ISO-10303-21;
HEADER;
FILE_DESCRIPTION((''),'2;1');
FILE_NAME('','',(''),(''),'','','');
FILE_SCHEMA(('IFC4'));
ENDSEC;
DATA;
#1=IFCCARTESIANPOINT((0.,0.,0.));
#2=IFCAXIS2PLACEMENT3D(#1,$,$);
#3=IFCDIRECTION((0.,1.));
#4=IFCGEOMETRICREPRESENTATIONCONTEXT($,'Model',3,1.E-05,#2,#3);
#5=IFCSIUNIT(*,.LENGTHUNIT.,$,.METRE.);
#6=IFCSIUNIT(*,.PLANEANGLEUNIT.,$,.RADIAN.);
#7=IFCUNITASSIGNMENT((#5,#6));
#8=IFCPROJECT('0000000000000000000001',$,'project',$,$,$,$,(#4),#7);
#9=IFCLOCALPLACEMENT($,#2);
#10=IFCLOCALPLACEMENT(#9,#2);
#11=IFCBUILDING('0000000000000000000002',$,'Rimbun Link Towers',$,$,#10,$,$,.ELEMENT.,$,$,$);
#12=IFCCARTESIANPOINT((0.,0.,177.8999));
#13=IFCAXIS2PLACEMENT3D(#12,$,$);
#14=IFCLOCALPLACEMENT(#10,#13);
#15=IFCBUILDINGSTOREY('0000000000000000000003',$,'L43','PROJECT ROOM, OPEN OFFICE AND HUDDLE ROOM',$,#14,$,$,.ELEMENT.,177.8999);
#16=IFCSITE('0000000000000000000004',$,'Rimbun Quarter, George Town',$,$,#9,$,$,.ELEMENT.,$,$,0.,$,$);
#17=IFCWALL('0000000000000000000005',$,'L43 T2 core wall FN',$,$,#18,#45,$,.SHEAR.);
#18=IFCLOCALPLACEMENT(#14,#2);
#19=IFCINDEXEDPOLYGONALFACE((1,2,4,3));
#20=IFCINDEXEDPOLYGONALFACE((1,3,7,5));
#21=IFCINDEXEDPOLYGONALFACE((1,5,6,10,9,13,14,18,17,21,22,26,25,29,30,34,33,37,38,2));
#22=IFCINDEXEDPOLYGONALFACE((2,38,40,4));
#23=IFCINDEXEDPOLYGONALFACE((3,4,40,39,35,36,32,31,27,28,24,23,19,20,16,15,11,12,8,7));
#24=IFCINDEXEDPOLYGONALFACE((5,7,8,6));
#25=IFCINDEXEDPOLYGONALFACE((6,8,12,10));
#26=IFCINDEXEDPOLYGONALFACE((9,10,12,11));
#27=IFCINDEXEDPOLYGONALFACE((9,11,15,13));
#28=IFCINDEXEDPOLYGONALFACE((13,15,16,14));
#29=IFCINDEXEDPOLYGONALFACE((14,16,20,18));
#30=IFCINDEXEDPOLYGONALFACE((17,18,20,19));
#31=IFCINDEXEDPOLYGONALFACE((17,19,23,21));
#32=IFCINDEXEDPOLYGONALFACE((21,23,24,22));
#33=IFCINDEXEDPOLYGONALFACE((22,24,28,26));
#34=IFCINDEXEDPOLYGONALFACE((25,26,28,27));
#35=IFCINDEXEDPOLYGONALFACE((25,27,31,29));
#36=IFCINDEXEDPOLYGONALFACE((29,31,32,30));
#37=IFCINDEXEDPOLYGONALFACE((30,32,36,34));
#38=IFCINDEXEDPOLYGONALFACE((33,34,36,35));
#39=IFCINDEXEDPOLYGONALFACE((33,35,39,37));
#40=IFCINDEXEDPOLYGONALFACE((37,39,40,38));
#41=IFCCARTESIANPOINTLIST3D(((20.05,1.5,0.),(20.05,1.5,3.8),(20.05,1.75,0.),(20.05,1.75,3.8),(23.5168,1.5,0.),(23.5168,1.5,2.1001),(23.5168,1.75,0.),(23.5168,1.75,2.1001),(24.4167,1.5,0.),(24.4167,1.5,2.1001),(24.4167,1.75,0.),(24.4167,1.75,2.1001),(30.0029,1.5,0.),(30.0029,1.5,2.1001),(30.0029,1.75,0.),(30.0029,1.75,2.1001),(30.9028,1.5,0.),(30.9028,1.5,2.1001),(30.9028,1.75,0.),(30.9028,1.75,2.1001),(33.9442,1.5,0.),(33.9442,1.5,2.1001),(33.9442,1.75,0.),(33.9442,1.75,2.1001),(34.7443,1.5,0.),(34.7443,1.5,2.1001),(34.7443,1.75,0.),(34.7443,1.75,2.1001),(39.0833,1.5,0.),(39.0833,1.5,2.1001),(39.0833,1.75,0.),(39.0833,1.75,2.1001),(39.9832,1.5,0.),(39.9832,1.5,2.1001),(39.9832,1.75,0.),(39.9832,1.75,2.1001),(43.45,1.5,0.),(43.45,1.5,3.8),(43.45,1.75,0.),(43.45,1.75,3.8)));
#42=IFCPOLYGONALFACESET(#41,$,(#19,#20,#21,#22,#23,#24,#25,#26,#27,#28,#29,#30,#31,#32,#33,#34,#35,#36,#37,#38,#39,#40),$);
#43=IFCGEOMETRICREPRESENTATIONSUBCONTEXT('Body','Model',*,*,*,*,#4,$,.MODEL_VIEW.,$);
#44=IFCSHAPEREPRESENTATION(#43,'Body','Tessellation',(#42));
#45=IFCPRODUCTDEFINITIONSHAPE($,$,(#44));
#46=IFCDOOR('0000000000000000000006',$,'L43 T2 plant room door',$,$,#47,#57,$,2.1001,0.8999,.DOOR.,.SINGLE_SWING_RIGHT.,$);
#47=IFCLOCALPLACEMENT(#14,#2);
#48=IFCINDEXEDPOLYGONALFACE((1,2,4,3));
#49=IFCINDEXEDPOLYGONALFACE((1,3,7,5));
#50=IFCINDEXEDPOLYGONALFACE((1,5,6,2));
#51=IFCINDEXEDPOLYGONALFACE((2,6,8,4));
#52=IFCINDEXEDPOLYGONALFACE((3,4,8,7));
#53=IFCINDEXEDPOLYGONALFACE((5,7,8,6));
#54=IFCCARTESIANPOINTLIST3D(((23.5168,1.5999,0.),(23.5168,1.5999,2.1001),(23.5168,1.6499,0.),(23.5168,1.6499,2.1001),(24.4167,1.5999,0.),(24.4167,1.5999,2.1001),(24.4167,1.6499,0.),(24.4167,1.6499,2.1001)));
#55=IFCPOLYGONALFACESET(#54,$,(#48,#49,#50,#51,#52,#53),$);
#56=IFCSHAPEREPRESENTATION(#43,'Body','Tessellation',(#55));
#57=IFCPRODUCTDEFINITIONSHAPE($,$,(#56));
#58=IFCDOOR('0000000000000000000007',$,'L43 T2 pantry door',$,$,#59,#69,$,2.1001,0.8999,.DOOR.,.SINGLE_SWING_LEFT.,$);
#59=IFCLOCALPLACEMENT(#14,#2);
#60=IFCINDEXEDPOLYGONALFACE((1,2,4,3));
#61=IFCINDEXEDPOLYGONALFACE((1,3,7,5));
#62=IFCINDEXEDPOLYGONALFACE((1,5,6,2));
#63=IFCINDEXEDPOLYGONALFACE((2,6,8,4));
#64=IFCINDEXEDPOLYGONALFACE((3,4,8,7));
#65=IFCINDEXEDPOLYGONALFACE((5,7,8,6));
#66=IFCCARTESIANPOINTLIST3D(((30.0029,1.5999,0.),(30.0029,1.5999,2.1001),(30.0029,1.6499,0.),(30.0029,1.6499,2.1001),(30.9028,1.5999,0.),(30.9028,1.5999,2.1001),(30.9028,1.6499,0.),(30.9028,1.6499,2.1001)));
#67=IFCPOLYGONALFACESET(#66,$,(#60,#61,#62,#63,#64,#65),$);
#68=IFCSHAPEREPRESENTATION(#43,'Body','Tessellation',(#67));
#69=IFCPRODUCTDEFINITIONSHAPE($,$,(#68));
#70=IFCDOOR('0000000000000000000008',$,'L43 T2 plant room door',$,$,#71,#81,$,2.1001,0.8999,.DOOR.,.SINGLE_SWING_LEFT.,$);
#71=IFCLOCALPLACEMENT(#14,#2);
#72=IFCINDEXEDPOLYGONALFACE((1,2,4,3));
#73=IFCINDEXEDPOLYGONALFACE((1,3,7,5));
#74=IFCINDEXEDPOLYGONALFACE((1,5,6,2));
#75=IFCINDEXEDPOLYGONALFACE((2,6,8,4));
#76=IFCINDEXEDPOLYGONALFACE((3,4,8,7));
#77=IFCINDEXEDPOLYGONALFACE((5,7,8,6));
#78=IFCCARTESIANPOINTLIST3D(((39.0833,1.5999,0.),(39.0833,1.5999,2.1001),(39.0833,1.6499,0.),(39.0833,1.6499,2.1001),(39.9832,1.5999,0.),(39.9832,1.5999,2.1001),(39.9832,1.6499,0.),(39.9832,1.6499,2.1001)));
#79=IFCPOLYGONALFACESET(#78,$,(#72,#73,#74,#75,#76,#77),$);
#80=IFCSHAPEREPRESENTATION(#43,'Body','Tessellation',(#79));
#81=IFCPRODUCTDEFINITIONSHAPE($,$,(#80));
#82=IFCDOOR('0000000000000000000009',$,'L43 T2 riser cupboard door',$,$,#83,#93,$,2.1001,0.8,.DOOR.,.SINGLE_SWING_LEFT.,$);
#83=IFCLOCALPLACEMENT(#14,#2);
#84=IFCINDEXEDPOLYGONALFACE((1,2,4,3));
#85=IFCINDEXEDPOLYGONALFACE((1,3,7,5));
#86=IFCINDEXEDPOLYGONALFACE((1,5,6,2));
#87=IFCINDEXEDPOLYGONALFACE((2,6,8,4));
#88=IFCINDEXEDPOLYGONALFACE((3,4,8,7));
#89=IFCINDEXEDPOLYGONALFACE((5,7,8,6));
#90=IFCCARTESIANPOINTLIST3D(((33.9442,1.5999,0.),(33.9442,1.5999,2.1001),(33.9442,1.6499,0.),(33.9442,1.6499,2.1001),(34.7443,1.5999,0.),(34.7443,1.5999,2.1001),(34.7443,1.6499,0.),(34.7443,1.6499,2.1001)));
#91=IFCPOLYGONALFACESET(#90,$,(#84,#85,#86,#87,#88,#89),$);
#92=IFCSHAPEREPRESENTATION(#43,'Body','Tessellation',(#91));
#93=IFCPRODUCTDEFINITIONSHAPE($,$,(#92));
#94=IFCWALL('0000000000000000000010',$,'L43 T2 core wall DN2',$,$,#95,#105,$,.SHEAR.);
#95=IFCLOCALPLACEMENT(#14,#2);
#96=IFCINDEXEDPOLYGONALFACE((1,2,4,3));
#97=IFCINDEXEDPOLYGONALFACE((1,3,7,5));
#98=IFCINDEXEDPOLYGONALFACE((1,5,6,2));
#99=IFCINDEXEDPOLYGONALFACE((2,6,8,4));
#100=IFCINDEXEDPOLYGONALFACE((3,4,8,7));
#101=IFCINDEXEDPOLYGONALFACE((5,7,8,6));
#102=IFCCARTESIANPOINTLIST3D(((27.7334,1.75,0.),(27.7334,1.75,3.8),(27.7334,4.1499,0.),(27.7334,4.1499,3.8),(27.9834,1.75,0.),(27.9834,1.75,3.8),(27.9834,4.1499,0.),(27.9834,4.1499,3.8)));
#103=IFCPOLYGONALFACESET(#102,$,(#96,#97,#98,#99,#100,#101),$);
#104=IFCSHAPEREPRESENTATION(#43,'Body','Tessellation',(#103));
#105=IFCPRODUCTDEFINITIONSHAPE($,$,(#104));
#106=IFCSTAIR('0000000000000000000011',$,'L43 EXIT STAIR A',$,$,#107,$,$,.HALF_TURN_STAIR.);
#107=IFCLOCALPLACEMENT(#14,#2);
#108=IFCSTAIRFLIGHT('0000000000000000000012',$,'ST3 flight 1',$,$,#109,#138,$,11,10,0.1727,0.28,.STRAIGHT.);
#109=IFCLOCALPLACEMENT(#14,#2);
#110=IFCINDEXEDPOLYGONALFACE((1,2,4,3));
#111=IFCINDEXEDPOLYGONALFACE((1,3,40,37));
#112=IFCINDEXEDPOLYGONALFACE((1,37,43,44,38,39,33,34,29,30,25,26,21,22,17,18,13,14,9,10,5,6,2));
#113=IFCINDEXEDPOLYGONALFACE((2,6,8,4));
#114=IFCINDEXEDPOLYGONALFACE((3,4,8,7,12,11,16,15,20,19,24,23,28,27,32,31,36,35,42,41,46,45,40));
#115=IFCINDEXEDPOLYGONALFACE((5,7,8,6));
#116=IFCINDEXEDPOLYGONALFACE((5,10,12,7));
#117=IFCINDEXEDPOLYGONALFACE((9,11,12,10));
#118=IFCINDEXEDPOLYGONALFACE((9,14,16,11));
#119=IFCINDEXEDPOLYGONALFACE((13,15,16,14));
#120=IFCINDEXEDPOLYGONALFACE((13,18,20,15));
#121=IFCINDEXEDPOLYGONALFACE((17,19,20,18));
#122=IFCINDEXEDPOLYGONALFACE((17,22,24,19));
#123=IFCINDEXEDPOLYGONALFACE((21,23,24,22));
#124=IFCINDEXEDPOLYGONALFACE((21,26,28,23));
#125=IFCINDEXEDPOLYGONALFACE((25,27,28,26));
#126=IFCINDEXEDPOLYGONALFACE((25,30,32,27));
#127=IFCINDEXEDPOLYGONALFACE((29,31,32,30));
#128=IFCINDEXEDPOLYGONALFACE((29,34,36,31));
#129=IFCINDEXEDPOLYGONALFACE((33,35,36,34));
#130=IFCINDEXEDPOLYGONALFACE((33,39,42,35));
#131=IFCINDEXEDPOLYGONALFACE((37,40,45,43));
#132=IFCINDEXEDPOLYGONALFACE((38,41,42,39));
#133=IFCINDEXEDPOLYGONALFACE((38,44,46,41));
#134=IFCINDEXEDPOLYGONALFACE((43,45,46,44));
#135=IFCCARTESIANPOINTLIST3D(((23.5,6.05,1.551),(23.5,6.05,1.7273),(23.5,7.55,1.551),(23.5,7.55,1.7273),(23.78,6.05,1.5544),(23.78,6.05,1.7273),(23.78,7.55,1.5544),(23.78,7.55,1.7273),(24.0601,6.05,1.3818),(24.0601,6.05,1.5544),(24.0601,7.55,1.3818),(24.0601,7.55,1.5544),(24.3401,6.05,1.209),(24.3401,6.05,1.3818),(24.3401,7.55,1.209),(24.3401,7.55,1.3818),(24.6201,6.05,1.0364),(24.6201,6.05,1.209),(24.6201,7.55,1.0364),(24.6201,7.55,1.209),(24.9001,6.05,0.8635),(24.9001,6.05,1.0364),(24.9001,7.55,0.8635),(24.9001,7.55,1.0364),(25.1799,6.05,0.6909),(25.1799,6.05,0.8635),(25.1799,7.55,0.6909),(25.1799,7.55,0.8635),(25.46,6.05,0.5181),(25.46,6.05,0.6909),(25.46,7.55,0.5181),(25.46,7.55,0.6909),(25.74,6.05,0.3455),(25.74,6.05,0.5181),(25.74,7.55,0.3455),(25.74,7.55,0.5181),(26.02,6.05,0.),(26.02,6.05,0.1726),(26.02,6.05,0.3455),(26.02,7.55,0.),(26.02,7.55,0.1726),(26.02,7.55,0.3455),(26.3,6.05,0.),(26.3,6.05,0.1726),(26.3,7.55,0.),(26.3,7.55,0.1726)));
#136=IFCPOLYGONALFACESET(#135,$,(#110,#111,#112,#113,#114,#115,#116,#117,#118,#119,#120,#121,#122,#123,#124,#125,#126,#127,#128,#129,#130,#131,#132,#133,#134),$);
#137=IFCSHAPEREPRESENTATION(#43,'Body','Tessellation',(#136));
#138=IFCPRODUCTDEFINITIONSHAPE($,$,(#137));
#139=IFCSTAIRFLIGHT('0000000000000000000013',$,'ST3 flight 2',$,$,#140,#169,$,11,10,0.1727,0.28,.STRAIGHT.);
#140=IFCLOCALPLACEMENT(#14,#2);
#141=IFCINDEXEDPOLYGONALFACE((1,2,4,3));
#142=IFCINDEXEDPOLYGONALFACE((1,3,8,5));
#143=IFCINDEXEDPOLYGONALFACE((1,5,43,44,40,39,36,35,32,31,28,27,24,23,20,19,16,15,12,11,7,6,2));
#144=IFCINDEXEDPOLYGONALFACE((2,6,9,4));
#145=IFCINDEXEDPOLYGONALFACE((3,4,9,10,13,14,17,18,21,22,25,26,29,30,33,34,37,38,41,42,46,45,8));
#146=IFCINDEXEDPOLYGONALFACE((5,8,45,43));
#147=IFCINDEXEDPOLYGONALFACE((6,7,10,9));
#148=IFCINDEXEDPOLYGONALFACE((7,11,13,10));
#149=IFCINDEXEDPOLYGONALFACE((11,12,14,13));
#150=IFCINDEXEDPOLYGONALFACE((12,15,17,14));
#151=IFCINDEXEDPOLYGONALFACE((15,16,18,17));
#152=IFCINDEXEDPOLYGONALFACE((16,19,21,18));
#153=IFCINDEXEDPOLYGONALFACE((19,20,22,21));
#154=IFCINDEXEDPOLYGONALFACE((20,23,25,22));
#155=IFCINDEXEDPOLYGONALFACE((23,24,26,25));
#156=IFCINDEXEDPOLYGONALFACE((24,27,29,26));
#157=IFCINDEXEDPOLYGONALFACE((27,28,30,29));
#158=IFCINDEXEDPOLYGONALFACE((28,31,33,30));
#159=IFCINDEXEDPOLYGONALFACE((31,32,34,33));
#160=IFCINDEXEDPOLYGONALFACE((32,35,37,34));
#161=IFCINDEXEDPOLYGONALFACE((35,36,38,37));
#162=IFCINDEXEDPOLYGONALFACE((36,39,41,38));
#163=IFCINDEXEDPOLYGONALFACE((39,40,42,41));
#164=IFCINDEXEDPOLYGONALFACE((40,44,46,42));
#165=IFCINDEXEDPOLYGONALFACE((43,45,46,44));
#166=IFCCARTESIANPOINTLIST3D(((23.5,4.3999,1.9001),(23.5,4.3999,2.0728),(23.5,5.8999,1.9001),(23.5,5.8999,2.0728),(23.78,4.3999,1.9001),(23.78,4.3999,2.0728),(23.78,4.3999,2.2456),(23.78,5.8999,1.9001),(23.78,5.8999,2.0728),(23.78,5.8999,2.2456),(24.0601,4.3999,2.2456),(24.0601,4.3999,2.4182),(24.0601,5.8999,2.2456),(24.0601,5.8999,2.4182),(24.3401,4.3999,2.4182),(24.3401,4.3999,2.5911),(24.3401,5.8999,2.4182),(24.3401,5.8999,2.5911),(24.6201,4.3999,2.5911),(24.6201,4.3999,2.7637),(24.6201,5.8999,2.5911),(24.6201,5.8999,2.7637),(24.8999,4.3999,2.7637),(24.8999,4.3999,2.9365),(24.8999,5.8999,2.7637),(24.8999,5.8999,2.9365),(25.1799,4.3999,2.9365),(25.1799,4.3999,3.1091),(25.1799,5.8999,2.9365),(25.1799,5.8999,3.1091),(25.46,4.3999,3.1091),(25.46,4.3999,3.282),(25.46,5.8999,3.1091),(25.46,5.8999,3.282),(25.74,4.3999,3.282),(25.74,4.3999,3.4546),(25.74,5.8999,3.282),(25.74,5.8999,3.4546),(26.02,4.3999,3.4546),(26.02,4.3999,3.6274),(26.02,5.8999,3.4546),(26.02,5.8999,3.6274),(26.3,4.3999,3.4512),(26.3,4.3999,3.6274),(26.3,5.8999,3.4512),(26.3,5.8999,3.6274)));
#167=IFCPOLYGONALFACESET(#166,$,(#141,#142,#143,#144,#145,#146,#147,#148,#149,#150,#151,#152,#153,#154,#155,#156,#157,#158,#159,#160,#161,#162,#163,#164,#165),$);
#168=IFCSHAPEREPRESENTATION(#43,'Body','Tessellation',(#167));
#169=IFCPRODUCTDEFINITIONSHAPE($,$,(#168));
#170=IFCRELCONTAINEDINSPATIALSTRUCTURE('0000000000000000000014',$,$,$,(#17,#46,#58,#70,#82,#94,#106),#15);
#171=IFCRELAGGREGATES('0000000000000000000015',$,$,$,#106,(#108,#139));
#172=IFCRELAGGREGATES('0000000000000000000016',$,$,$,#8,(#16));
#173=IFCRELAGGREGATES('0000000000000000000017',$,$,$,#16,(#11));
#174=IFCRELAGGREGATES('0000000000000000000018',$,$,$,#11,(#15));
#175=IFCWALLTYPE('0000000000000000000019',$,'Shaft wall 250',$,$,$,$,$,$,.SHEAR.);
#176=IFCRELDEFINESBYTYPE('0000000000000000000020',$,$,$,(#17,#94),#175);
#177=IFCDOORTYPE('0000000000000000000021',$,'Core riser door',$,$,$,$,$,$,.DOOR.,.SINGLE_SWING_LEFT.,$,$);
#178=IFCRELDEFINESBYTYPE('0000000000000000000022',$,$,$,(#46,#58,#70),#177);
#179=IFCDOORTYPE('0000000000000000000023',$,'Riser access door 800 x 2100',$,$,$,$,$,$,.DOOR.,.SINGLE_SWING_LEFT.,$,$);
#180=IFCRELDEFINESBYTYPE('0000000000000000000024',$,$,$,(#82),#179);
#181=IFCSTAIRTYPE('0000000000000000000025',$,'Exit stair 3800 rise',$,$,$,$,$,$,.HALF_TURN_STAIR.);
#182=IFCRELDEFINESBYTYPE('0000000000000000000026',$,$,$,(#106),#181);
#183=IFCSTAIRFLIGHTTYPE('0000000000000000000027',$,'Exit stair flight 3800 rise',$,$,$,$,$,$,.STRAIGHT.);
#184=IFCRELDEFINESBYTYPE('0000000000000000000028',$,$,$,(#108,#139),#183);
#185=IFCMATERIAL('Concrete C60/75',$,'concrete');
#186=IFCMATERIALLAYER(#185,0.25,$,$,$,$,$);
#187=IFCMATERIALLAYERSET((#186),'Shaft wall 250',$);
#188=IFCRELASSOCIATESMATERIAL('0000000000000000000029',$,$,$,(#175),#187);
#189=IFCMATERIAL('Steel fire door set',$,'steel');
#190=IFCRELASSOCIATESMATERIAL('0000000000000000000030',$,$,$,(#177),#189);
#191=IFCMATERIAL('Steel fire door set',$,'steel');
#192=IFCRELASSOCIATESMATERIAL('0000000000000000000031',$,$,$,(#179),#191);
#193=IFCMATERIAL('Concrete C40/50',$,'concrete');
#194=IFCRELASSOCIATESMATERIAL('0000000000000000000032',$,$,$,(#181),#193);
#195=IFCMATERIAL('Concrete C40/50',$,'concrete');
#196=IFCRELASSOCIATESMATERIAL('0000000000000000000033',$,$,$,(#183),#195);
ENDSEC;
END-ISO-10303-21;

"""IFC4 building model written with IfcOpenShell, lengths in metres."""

from ifc_helpers import new_model, si_unit, direction, frame, frame_2d, origin, place, context, subcontext, project, spatial, polyline, rectangle, outline, extrude, material, layer, layer_set, type_object, element, fill, aggregate, save


model = new_model("IFC4")

# Units and contexts
model_context = context("Model", 3, precision=1e-05, world=origin(), true_north=direction((0.0, 1.0)))
body_context = subcontext(model_context, "Body", "Model", "MODEL_VIEW")
ifc_project = project(units=[si_unit("LENGTHUNIT", "METRE"), si_unit("PLANEANGLEUNIT", "RADIAN")], contexts=[model_context])

# Site, building, storey
site_placement = place(None, origin())
site = spatial("IfcSite", under=ifc_project, at=site_placement, Name="Rimbun Quarter, George Town", CompositionType="ELEMENT", RefElevation=0.0)
building_placement = place(site_placement, origin())
building = spatial("IfcBuilding", under=site, at=building_placement, Name="Rimbun Link Towers", CompositionType="ELEMENT")
storey_placement = place(building_placement, frame((0.0, 0.0, 177.8999)))
storey = spatial("IfcBuildingStorey", under=building, at=storey_placement, Name="L43", Description="PROJECT ROOM, OPEN OFFICE AND HUDDLE ROOM", CompositionType="ELEMENT", Elevation=177.8999)

# Shared definitions
ifc_material_1 = material(Name="Concrete C60/75", Category="concrete")
ifc_layer = layer(ifc_material_1, 0.25)
ifc_layer_set = layer_set([ifc_layer], Name="Shaft wall 250")
wall_type = type_object("IfcWallType", Name="Shaft wall 250", PredefinedType="SHEAR", material=ifc_layer_set)

# Wall, openings, doors
wall_1_placement = place(storey_placement, frame((20.05, 1.625, 0.0), z_axis=(0.0, 0.0, 1.0), x_axis=(1.0, 0.0, 0.0)))
wall_1 = element("IfcWall", 1, at=wall_1_placement, inside=storey, type_object=wall_type, Name="L43 T2 core wall FN", PredefinedType="SHEAR", context=body_context, shape_type="SweptSolid", body=[
    extrude(rectangle(XDim=23.3999, YDim=0.25, at=frame_2d((11.7, 0.0))), origin(), (0.0, 0.0, 1.0), 3.8),
])
opening_1_placement = place(wall_1_placement, frame((3.4668, 0.0, 0.0)))
opening_1 = element("IfcOpeningElement", 2, at=opening_1_placement, cuts=wall_1, PredefinedType="OPENING", context=body_context, shape_type="SweptSolid", body=[
    extrude(rectangle(XDim=0.8999, YDim=2.1001, at=frame_2d((0.45, 1.05))), frame((0.0, 0.135, 0.0), z_axis=(0.0, -1.0, 0.0), x_axis=(1.0, 0.0, 0.0)), (0.0, 0.0, 1.0), 0.27),
])
opening_2_placement = place(wall_1_placement, frame((9.9529, 0.0, 0.0)))
opening_2 = element("IfcOpeningElement", 3, at=opening_2_placement, cuts=wall_1, PredefinedType="OPENING", context=body_context, shape_type="SweptSolid", body=[
    extrude(rectangle(XDim=0.8999, YDim=2.1001, at=frame_2d((0.45, 1.05))), frame((0.0, 0.135, 0.0), z_axis=(0.0, -1.0, 0.0), x_axis=(1.0, 0.0, 0.0)), (0.0, 0.0, 1.0), 0.27),
])
opening_3_placement = place(wall_1_placement, frame((13.8943, 0.0, 0.0)))
opening_3 = element("IfcOpeningElement", 4, at=opening_3_placement, cuts=wall_1, PredefinedType="OPENING", context=body_context, shape_type="SweptSolid", body=[
    extrude(rectangle(XDim=0.8, YDim=2.1001, at=frame_2d((0.3999, 1.05))), frame((0.0, 0.135, 0.0), z_axis=(0.0, -1.0, 0.0), x_axis=(1.0, 0.0, 0.0)), (0.0, 0.0, 1.0), 0.27),
])
opening_4_placement = place(wall_1_placement, frame((19.0332, 0.0, 0.0)))
opening_4 = element("IfcOpeningElement", 5, at=opening_4_placement, cuts=wall_1, PredefinedType="OPENING", context=body_context, shape_type="SweptSolid", body=[
    extrude(rectangle(XDim=0.8999, YDim=2.1001, at=frame_2d((0.45, 1.05))), frame((0.0, 0.135, 0.0), z_axis=(0.0, -1.0, 0.0), x_axis=(1.0, 0.0, 0.0)), (0.0, 0.0, 1.0), 0.27),
])
ifc_material_2 = material(Name="Steel fire door set", Category="steel")
door_type_1 = type_object("IfcDoorType", Name="Core riser door", OperationType="SINGLE_SWING_LEFT", PredefinedType="DOOR", material=ifc_material_2)
door_1_placement = place(opening_1_placement, origin())
door_1 = element("IfcDoor", 6, at=door_1_placement, inside=storey, type_object=door_type_1, Name="L43 T2 plant room door", OperationType="SINGLE_SWING_RIGHT", OverallHeight=2.1001, OverallWidth=0.8999, PredefinedType="DOOR", context=body_context, shape_type="SweptSolid", body=[
    extrude(rectangle(XDim=0.8999, YDim=2.1001, at=frame_2d((0.45, 1.05))), frame((0.0, 0.0249, 0.0), z_axis=(0.0, -1.0, 0.0), x_axis=(1.0, 0.0, 0.0)), (0.0, 0.0, 1.0), 0.05),
])
fill(opening_1, door_1)
door_2_placement = place(opening_2_placement, origin())
door_2 = element("IfcDoor", 7, at=door_2_placement, inside=storey, type_object=door_type_1, Name="L43 T2 pantry door", OperationType="SINGLE_SWING_LEFT", OverallHeight=2.1001, OverallWidth=0.8999, PredefinedType="DOOR", context=body_context, shape_type="SweptSolid", body=[
    extrude(rectangle(XDim=0.8999, YDim=2.1001, at=frame_2d((0.45, 1.05))), frame((0.0, 0.0249, 0.0), z_axis=(0.0, -1.0, 0.0), x_axis=(1.0, 0.0, 0.0)), (0.0, 0.0, 1.0), 0.05),
])
fill(opening_2, door_2)
door_3_placement = place(opening_4_placement, origin())
door_3 = element("IfcDoor", 8, at=door_3_placement, inside=storey, type_object=door_type_1, Name="L43 T2 plant room door", OperationType="SINGLE_SWING_LEFT", OverallHeight=2.1001, OverallWidth=0.8999, PredefinedType="DOOR", context=body_context, shape_type="SweptSolid", body=[
    extrude(rectangle(XDim=0.8999, YDim=2.1001, at=frame_2d((0.45, 1.05))), frame((0.0, 0.0249, 0.0), z_axis=(0.0, -1.0, 0.0), x_axis=(1.0, 0.0, 0.0)), (0.0, 0.0, 1.0), 0.05),
])
fill(opening_4, door_3)
ifc_material_3 = material(Name="Steel fire door set", Category="steel")
door_type_2 = type_object("IfcDoorType", Name="Riser access door 800 x 2100", OperationType="SINGLE_SWING_LEFT", PredefinedType="DOOR", material=ifc_material_3)
door_4_placement = place(opening_3_placement, origin())
door_4 = element("IfcDoor", 9, at=door_4_placement, inside=storey, type_object=door_type_2, Name="L43 T2 riser cupboard door", OperationType="SINGLE_SWING_LEFT", OverallHeight=2.1001, OverallWidth=0.8, PredefinedType="DOOR", context=body_context, shape_type="SweptSolid", body=[
    extrude(rectangle(XDim=0.8, YDim=2.1001, at=frame_2d((0.3999, 1.05))), frame((0.0, 0.0249, 0.0), z_axis=(0.0, -1.0, 0.0), x_axis=(1.0, 0.0, 0.0)), (0.0, 0.0, 1.0), 0.05),
])
fill(opening_3, door_4)

# Wall
wall_2_placement = place(storey_placement, frame((27.8584, 1.75, 0.0), z_axis=(0.0, 0.0, 1.0), x_axis=(0.0, 1.0, 0.0)))
element("IfcWall", 10, at=wall_2_placement, inside=storey, type_object=wall_type, Name="L43 T2 core wall DN2", PredefinedType="SHEAR", context=body_context, shape_type="SweptSolid", body=[
    extrude(rectangle(XDim=2.3999, YDim=0.25, at=frame_2d((1.2, 0.0))), origin(), (0.0, 0.0, 1.0), 3.8),
])

# Stair, stair flights
ifc_material_4 = material(Name="Concrete C40/50", Category="concrete")
stair_type = type_object("IfcStairType", Name="Exit stair 3800 rise", PredefinedType="HALF_TURN_STAIR", material=ifc_material_4)
stair_placement = place(storey_placement, origin())
stair = element("IfcStair", 11, at=stair_placement, inside=storey, type_object=stair_type, Name="L43 EXIT STAIR A", PredefinedType="HALF_TURN_STAIR")
ifc_material_5 = material(Name="Concrete C40/50", Category="concrete")
stair_flight_type = type_object("IfcStairFlightType", Name="Exit stair flight 3800 rise", PredefinedType="STRAIGHT", material=ifc_material_5)
stair_flight_1_placement = place(storey_placement, frame((26.3, 6.8, 0.0), z_axis=(0.0, 0.0, 1.0), x_axis=(-1.0, 0.0, 0.0)))
stair_flight_1 = element("IfcStairFlight", 12, at=stair_flight_1_placement, type_object=stair_flight_type, Name="ST3 flight 1", NumberOfRisers=11, NumberOfTreads=10, PredefinedType="STRAIGHT", RiserHeight=0.1727, TreadLength=0.28, context=body_context, shape_type="SweptSolid", body=[
    extrude(outline(polyline([(0.0, 0.0), (0.0, 0.1726), (0.28, 0.1726), (0.28, 0.3455), (0.5601, 0.3455), (0.5601, 0.5181), (0.8401, 0.5181), (0.8401, 0.6909), (1.1201, 0.6909), (1.1201, 0.8635), (1.3999, 0.8635), (1.3999, 1.0364), (1.6799, 1.0364), (1.6799, 1.209), (1.96, 1.209), (1.96, 1.3818), (2.24, 1.3818), (2.24, 1.5544), (2.52, 1.5544), (2.52, 1.7273), (2.8, 1.7273), (2.8, 1.8999), (2.8, 1.551), (0.28, 0.0), (0.0, 0.0)])), frame((0.0, 0.75, 0.0), z_axis=(0.0, -1.0, 0.0), x_axis=(1.0, 0.0, 0.0)), (0.0, 0.0, 1.0), 1.5),
])
stair_flight_2_placement = place(storey_placement, frame((23.5, 5.1499, 1.9001), z_axis=(0.0, 0.0, 1.0), x_axis=(1.0, 0.0, 0.0)))
stair_flight_2 = element("IfcStairFlight", 13, at=stair_flight_2_placement, type_object=stair_flight_type, Name="ST3 flight 2", NumberOfRisers=11, NumberOfTreads=10, PredefinedType="STRAIGHT", RiserHeight=0.1727, TreadLength=0.28, context=body_context, shape_type="SweptSolid", body=[
    extrude(outline(polyline([(0.0, 0.0), (0.0, 0.1726), (0.28, 0.1726), (0.28, 0.3455), (0.5601, 0.3455), (0.5601, 0.5181), (0.8401, 0.5181), (0.8401, 0.6909), (1.1201, 0.6909), (1.1201, 0.8635), (1.3999, 0.8635), (1.3999, 1.0364), (1.6799, 1.0364), (1.6799, 1.209), (1.96, 1.209), (1.96, 1.3818), (2.24, 1.3818), (2.24, 1.5544), (2.52, 1.5544), (2.52, 1.7273), (2.8, 1.7273), (2.8, 1.8999), (2.8, 1.551), (0.28, 0.0), (0.0, 0.0)])), frame((0.0, 0.75, 0.0), z_axis=(0.0, -1.0, 0.0), x_axis=(1.0, 0.0, 0.0)), (0.0, 0.0, 1.0), 1.5),
])
aggregate(stair, [stair_flight_1, stair_flight_2])

save(model, "model.ifc")
